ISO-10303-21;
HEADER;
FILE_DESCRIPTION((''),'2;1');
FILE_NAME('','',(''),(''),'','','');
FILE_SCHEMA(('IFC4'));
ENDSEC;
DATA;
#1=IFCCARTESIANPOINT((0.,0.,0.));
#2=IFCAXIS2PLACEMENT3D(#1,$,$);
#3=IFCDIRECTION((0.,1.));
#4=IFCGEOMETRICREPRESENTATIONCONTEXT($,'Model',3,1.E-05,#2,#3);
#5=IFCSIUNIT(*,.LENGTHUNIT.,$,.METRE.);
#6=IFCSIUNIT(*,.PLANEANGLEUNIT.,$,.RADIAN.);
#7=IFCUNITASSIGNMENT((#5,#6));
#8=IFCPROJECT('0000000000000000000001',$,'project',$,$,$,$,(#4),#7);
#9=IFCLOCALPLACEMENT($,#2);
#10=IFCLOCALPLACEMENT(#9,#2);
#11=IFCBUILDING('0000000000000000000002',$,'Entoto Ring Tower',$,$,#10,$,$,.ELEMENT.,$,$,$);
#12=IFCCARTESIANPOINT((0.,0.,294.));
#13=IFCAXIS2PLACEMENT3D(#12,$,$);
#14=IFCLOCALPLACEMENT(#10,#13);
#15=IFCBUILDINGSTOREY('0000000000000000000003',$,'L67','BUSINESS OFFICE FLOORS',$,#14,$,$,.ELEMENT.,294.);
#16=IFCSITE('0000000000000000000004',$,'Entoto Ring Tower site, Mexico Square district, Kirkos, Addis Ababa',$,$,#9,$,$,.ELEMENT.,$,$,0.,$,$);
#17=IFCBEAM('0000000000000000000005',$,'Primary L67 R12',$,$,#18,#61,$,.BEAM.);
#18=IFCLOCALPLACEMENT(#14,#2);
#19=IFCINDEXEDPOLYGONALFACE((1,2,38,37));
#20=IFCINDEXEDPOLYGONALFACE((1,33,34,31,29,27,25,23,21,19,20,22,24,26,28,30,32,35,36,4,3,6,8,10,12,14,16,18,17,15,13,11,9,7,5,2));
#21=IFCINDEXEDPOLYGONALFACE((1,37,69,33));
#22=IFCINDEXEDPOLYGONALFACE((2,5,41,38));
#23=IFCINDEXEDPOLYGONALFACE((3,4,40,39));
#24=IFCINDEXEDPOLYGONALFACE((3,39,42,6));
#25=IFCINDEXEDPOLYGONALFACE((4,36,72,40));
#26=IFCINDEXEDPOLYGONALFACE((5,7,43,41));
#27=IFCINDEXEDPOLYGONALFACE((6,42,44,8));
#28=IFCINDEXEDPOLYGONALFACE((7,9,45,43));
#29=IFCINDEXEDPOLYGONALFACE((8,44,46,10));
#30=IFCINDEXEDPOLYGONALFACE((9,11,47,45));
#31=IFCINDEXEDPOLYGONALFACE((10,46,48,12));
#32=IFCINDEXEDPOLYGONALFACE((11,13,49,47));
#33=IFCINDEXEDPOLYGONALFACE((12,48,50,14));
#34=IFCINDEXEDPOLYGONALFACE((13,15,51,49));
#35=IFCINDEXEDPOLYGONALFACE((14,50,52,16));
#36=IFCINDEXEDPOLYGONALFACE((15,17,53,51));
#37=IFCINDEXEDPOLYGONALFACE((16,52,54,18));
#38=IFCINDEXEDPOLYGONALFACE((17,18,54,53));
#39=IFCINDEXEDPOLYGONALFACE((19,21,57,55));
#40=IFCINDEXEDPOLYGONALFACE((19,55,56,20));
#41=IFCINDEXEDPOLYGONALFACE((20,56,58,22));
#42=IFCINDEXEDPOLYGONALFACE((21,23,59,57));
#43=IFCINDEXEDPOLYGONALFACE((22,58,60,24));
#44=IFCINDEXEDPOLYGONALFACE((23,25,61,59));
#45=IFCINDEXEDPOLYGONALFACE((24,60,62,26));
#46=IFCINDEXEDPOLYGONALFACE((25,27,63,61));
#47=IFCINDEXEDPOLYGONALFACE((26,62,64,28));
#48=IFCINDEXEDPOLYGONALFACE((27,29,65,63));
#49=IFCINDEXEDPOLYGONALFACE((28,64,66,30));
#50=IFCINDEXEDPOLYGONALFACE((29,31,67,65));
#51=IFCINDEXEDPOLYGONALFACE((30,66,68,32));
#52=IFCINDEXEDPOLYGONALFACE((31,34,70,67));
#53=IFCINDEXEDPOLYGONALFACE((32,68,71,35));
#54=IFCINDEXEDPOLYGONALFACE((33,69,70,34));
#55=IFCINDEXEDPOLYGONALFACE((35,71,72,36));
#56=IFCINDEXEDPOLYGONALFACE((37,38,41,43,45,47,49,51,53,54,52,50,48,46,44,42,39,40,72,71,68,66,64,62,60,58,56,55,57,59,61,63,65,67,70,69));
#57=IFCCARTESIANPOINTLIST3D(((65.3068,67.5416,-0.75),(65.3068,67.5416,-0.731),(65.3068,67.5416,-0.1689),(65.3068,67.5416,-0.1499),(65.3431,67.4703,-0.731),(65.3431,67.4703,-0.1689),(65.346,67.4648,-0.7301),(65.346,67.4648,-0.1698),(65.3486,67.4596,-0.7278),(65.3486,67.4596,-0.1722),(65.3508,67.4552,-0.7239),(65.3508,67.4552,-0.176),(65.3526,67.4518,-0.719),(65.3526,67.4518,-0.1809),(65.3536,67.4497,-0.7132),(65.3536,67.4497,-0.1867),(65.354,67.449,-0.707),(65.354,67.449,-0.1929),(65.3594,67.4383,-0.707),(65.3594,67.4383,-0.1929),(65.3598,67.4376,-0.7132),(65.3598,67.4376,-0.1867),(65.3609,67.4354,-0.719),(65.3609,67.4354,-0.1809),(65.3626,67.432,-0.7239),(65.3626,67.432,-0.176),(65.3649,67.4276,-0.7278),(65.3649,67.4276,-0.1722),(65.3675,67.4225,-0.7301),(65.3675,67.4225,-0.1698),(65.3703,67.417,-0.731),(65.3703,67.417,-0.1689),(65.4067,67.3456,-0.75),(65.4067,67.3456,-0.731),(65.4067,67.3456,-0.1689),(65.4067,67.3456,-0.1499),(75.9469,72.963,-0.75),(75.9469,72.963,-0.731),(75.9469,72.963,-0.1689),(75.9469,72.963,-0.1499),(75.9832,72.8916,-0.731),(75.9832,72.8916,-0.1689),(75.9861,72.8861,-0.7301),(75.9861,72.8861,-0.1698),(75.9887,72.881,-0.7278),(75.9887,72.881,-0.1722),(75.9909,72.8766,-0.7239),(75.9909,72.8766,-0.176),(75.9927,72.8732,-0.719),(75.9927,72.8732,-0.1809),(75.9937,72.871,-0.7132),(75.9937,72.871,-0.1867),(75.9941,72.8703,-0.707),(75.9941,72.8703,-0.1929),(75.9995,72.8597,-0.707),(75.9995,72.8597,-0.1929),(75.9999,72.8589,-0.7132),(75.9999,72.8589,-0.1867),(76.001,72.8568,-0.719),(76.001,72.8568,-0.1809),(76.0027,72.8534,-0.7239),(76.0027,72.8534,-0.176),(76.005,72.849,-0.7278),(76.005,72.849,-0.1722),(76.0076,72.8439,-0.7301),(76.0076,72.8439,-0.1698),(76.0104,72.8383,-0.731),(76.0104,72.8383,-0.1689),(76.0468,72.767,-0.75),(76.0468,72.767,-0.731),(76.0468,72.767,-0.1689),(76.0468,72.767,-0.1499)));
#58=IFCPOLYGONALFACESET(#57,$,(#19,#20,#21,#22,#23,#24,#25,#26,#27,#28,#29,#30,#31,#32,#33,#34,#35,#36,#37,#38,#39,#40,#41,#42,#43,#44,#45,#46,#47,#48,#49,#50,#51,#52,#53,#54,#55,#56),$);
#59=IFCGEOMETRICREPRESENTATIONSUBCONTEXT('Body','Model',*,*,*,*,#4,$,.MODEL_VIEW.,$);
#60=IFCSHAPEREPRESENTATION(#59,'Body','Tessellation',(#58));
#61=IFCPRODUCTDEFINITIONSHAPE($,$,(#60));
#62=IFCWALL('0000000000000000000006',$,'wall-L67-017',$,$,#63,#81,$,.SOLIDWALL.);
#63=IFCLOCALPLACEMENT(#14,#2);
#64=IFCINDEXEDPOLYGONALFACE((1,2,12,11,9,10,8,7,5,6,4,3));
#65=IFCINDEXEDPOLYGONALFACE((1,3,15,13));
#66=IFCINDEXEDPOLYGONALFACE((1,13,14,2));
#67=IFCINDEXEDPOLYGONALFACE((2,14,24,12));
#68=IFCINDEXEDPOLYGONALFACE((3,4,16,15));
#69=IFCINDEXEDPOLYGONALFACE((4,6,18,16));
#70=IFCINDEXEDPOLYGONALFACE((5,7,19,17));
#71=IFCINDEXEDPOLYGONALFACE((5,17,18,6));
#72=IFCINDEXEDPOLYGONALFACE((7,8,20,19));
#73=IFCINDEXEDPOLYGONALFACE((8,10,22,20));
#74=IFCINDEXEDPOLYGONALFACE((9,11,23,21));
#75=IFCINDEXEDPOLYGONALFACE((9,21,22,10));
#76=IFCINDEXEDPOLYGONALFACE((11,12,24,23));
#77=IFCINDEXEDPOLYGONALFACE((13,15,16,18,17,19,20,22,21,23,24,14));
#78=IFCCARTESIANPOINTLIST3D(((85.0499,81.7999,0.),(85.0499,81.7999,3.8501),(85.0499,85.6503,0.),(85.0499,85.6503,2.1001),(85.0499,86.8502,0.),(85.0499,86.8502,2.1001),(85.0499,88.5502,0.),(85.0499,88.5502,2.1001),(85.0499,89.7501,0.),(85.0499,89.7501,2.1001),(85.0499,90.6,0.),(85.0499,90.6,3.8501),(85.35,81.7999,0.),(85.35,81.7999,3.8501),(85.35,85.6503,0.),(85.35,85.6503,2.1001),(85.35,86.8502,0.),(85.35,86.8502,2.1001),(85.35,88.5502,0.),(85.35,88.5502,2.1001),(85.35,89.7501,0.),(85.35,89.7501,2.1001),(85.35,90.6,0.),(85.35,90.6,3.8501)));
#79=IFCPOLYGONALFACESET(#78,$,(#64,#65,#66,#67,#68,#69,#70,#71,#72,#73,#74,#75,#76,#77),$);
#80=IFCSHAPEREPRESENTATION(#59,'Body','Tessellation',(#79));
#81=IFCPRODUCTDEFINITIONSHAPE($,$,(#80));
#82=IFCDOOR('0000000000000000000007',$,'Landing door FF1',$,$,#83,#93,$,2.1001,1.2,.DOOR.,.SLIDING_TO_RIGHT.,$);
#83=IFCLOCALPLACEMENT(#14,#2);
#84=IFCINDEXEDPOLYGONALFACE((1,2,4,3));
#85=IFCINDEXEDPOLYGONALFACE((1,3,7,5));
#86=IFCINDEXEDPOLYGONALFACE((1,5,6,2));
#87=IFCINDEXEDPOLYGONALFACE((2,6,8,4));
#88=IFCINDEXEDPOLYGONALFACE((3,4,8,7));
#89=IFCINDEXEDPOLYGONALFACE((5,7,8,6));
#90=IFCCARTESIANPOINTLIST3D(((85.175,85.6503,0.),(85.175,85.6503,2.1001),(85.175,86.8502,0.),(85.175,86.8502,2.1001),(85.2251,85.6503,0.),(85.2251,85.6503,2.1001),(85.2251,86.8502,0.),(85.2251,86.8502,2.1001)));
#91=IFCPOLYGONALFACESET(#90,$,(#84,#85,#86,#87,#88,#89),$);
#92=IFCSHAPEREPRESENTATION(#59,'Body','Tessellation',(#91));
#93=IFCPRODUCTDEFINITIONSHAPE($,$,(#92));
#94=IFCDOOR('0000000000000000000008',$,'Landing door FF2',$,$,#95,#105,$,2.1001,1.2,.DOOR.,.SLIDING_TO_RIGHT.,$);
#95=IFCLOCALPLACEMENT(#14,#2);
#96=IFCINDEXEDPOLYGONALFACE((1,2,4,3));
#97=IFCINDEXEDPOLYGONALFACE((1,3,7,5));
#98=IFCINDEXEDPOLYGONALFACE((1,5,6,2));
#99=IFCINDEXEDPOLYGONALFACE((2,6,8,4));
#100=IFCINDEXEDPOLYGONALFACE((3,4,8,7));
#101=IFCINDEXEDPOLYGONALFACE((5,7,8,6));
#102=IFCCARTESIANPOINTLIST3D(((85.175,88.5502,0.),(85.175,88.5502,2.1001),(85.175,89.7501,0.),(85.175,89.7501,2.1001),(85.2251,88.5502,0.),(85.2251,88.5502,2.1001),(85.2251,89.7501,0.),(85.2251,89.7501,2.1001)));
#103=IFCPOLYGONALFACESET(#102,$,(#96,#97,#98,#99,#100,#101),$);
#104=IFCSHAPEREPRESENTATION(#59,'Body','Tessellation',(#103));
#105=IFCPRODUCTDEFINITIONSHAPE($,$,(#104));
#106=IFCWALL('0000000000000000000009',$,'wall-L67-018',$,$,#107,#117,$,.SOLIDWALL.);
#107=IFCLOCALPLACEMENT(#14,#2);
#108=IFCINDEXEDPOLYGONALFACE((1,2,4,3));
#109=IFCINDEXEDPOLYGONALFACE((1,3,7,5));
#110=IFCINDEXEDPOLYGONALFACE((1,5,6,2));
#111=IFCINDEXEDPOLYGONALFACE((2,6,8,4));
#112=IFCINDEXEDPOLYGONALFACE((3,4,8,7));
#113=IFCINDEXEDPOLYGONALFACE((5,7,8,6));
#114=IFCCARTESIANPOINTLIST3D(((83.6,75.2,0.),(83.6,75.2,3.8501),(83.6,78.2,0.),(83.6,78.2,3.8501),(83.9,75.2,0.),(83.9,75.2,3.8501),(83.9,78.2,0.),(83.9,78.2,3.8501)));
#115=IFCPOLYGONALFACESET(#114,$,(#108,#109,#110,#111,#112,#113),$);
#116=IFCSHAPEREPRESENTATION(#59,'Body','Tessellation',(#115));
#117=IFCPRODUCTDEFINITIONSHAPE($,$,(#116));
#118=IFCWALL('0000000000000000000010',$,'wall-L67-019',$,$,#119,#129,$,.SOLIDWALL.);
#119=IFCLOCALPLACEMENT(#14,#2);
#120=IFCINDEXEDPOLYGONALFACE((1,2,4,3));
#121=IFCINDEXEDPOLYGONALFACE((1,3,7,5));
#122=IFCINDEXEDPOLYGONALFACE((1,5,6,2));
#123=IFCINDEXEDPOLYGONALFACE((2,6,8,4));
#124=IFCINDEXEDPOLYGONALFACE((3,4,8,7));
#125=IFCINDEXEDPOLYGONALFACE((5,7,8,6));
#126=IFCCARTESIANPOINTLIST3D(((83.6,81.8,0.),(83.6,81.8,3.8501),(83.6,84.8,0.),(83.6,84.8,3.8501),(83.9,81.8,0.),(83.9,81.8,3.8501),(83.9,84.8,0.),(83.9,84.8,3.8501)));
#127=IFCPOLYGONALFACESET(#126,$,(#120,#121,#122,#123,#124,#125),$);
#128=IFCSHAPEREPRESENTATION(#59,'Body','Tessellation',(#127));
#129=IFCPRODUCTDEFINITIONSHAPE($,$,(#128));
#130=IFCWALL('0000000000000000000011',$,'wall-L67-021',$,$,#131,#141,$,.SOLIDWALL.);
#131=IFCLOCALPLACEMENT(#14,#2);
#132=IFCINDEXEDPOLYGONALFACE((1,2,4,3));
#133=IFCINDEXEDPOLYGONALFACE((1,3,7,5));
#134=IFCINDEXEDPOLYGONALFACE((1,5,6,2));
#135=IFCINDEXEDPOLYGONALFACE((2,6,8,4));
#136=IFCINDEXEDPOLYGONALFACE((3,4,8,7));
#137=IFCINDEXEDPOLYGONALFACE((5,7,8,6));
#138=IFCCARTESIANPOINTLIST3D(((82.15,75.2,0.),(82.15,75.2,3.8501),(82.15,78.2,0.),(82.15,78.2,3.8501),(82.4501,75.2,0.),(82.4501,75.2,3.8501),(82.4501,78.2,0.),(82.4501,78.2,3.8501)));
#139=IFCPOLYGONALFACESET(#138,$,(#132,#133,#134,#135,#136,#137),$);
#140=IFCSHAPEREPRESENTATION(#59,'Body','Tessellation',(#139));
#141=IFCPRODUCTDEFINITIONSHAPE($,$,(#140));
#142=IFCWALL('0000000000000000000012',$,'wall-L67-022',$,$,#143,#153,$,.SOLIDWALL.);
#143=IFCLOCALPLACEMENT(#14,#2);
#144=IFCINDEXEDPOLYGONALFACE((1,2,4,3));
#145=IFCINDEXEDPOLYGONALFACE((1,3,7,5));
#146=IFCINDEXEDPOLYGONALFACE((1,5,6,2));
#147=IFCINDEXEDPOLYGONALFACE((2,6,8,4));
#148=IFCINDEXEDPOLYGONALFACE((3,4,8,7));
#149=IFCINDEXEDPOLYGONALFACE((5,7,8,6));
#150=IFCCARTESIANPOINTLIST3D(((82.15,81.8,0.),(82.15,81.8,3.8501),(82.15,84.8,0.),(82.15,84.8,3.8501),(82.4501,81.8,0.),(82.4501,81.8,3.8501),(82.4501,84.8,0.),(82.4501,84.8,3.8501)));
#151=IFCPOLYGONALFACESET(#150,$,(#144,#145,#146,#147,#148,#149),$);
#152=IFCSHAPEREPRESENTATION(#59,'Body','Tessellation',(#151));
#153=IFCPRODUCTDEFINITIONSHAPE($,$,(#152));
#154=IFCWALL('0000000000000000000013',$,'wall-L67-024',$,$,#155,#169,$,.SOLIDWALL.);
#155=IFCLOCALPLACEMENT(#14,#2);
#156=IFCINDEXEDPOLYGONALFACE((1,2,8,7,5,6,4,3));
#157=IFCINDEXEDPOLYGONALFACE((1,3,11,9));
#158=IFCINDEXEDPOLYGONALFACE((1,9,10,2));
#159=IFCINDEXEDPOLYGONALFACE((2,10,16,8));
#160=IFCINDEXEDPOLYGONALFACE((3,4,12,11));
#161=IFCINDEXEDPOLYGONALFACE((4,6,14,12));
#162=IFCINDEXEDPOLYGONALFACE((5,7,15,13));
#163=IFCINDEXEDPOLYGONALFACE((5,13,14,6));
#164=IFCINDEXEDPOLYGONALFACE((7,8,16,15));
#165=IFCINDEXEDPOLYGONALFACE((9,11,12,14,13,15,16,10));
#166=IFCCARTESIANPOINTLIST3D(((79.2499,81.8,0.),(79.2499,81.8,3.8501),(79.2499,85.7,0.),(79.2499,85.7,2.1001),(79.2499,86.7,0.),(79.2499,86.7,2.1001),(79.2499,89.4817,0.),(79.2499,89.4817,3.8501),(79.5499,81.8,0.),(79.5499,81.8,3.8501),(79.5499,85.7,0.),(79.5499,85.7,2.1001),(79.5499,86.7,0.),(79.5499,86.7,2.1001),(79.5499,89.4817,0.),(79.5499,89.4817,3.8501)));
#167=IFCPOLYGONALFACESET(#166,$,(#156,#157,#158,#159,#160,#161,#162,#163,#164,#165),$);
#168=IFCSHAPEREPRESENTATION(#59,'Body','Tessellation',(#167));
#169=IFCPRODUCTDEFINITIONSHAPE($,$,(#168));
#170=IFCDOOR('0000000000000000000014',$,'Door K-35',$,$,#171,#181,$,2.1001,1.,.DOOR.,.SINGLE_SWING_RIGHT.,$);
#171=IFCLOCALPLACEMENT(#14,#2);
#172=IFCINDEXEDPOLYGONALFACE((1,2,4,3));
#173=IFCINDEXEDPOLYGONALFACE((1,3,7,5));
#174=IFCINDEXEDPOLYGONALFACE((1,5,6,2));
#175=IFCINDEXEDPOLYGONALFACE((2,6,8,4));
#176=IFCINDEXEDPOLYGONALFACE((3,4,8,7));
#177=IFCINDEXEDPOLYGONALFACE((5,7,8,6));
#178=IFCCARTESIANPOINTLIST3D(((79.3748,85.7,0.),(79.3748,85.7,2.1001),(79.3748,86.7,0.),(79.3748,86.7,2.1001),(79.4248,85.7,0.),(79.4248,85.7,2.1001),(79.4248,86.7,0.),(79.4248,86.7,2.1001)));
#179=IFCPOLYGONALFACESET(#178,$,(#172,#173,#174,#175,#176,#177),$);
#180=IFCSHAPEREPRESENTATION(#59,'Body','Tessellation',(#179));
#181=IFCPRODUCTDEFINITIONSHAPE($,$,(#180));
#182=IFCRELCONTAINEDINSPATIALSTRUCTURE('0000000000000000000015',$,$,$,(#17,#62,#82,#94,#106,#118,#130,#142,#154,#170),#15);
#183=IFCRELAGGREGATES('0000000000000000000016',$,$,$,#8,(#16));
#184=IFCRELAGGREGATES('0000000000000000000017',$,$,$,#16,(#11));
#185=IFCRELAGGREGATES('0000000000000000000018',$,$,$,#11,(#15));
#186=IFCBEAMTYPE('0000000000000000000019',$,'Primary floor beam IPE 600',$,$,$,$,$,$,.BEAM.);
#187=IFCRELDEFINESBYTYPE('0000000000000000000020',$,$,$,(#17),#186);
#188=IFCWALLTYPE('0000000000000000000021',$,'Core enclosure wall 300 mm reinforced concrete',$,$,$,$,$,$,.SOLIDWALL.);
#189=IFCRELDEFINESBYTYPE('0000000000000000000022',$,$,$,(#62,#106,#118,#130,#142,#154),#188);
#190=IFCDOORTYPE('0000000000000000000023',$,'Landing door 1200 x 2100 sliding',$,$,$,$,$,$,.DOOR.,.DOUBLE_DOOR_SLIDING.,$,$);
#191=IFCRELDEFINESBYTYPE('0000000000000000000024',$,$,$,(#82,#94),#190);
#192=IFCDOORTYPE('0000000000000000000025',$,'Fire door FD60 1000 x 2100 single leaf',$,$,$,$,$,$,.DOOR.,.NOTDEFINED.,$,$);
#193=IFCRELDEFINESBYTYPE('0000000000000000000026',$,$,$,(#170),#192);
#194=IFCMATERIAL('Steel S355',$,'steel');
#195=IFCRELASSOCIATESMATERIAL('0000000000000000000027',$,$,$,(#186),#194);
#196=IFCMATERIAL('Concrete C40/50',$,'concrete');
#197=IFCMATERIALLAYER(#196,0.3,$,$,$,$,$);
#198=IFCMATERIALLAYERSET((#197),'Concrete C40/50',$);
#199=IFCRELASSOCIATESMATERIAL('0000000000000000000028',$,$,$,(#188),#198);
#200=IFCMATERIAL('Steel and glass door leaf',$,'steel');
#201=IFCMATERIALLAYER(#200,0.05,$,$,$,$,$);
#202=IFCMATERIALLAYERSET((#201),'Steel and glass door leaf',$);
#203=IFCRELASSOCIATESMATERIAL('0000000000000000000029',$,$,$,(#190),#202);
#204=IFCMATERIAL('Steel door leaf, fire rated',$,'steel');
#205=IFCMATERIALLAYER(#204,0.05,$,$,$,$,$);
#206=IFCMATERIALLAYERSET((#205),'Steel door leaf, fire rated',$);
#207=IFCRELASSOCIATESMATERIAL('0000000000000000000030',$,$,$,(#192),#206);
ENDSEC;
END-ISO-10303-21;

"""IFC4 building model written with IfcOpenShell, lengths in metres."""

from ifc_helpers import new_model, si_unit, direction, frame, frame_2d, origin, origin_2d, place, context, subcontext, project, spatial, rectangle, i_section, extrude, material, layer, layer_set, material_profile, profile_set, type_object, element, fill, save


model = new_model("IFC4")

# Units and contexts
model_context = context("Model", 3, precision=1e-05, world=origin(), true_north=direction((0.0, 1.0)))
body_context = subcontext(model_context, "Body", "Model", "MODEL_VIEW")
ifc_project = project(units=[si_unit("LENGTHUNIT", "METRE"), si_unit("PLANEANGLEUNIT", "RADIAN")], contexts=[model_context])

# Site, building, storey
site_placement = place(None, origin())
site = spatial("IfcSite", under=ifc_project, at=site_placement, Name="Entoto Ring Tower site, Mexico Square district, Kirkos, Addis Ababa", CompositionType="ELEMENT", RefElevation=0.0)
building_placement = place(site_placement, origin())
building = spatial("IfcBuilding", under=site, at=building_placement, Name="Entoto Ring Tower", CompositionType="ELEMENT")
storey_placement = place(building_placement, frame((0.0, 0.0, 294.0)))
storey = spatial("IfcBuildingStorey", under=building, at=storey_placement, Name="L67", Description="BUSINESS OFFICE FLOORS", CompositionType="ELEMENT", Elevation=294.0)

# Beam
ifc_material_1 = material(Name="Steel S355", Category="steel")
ifc_material_profile = material_profile(ifc_material_1, i_section(OverallWidth=0.22, OverallDepth=0.6001, WebThickness=0.012, FlangeThickness=0.019, FilletRadius=0.0239, at=origin_2d()), Name="IPE 600")
ifc_profile_set = profile_set([ifc_material_profile], Name="Steel S355")
beam_type = type_object("IfcBeamType", Name="Primary floor beam IPE 600", PredefinedType="BEAM", material=ifc_profile_set)
beam_placement = place(storey_placement, frame((75.9968, 72.865, -0.45), z_axis=(-0.891008, -0.453988, 0.0), x_axis=(0.453988, -0.891008, 0.0)))
element("IfcBeam", 1, at=beam_placement, inside=storey, type_object=beam_type, Name="Primary L67 R12", PredefinedType="BEAM", context=body_context, shape_type="SweptSolid", body=[
    extrude(i_section(OverallWidth=0.22, OverallDepth=0.6001, WebThickness=0.012, FlangeThickness=0.019, FilletRadius=0.0239, at=origin_2d()), origin(), (0.0, 0.0, 1.0), 11.9417),
])

# Wall, openings, doors
ifc_material_2 = material(Name="Concrete C40/50", Category="concrete")
ifc_layer_1 = layer(ifc_material_2, 0.3)
ifc_layer_set_1 = layer_set([ifc_layer_1], Name="Concrete C40/50")
wall_type = type_object("IfcWallType", Name="Core enclosure wall 300 mm reinforced concrete", PredefinedType="SOLIDWALL", material=ifc_layer_set_1)
wall_1_placement = place(storey_placement, frame((85.2, 81.8, 0.0), z_axis=(0.0, 0.0, 1.0), x_axis=(0.0, 1.0, 0.0)))
wall_1 = element("IfcWall", 2, at=wall_1_placement, inside=storey, type_object=wall_type, Name="wall-L67-017", PredefinedType="SOLIDWALL", context=body_context, shape_type="SweptSolid", body=[
    extrude(rectangle(XDim=8.8, YDim=0.3, at=frame_2d((4.3999, 0.0))), origin(), (0.0, 0.0, 1.0), 3.8501),
])
opening_1_placement = place(wall_1_placement, frame((3.8501, 0.0, 0.0)))
opening_1 = element("IfcOpeningElement", 3, at=opening_1_placement, cuts=wall_1, PredefinedType="OPENING", context=body_context, shape_type="SweptSolid", body=[
    extrude(rectangle(XDim=1.2, YDim=2.1001, at=frame_2d((0.6001, 1.05))), frame((0.0, 0.1602, 0.0), z_axis=(0.0, -1.0, 0.0), x_axis=(1.0, 0.0, 0.0)), (0.0, 0.0, 1.0), 0.3201),
])
opening_2_placement = place(wall_1_placement, frame((6.75, 0.0, 0.0)))
opening_2 = element("IfcOpeningElement", 4, at=opening_2_placement, cuts=wall_1, PredefinedType="OPENING", context=body_context, shape_type="SweptSolid", body=[
    extrude(rectangle(XDim=1.2, YDim=2.1001, at=frame_2d((0.6001, 1.05))), frame((0.0, 0.1602, 0.0), z_axis=(0.0, -1.0, 0.0), x_axis=(1.0, 0.0, 0.0)), (0.0, 0.0, 1.0), 0.3201),
])
ifc_material_3 = material(Name="Steel and glass door leaf", Category="steel")
ifc_layer_2 = layer(ifc_material_3, 0.05)
ifc_layer_set_2 = layer_set([ifc_layer_2], Name="Steel and glass door leaf")
door_type_1 = type_object("IfcDoorType", Name="Landing door 1200 x 2100 sliding", OperationType="DOUBLE_DOOR_SLIDING", PredefinedType="DOOR", material=ifc_layer_set_2)
door_1_placement = place(opening_1_placement, origin())
door_1 = element("IfcDoor", 5, at=door_1_placement, inside=storey, type_object=door_type_1, Name="Landing door FF1", OperationType="SLIDING_TO_RIGHT", OverallHeight=2.1001, OverallWidth=1.2, PredefinedType="DOOR", context=body_context, shape_type="SweptSolid", body=[
    extrude(rectangle(XDim=1.2, YDim=2.1001, at=frame_2d((0.6001, 1.05))), frame((0.0, 0.0249, 0.0), z_axis=(0.0, -1.0, 0.0), x_axis=(1.0, 0.0, 0.0)), (0.0, 0.0, 1.0), 0.05),
])
fill(opening_1, door_1)
door_2_placement = place(opening_2_placement, origin())
door_2 = element("IfcDoor", 6, at=door_2_placement, inside=storey, type_object=door_type_1, Name="Landing door FF2", OperationType="SLIDING_TO_RIGHT", OverallHeight=2.1001, OverallWidth=1.2, PredefinedType="DOOR", context=body_context, shape_type="SweptSolid", body=[
    extrude(rectangle(XDim=1.2, YDim=2.1001, at=frame_2d((0.6001, 1.05))), frame((0.0, 0.0249, 0.0), z_axis=(0.0, -1.0, 0.0), x_axis=(1.0, 0.0, 0.0)), (0.0, 0.0, 1.0), 0.05),
])
fill(opening_2, door_2)

# Walls
for number, where, z_axis, x_axis, name in (
    (7, (83.75, 75.2, 0.0), (0.0, 0.0, 1.0), (0.0, 1.0, 0.0), "wall-L67-018"),
    (8, (83.75, 81.8, 0.0), (0.0, 0.0, 1.0), (0.0, 1.0, 0.0), "wall-L67-019"),
    (9, (82.3, 75.2, 0.0), (0.0, 0.0, 1.0), (0.0, 1.0, 0.0), "wall-L67-021"),
    (10, (82.3, 81.8, 0.0), (0.0, 0.0, 1.0), (0.0, 1.0, 0.0), "wall-L67-022"),
):
    element("IfcWall", number, at=place(storey_placement, frame(where, z_axis=z_axis, x_axis=x_axis)), inside=storey, type_object=wall_type, Name=name, PredefinedType="SOLIDWALL", context=body_context, shape_type="SweptSolid", body=[
        extrude(rectangle(XDim=3.0, YDim=0.3, at=frame_2d((1.5, 0.0))), origin(), (0.0, 0.0, 1.0), 3.8501),
    ])

# Wall, opening, door
wall_2_placement = place(storey_placement, frame((79.3999, 81.8, 0.0), z_axis=(0.0, 0.0, 1.0), x_axis=(0.0, 1.0, 0.0)))
wall_2 = element("IfcWall", 11, at=wall_2_placement, inside=storey, type_object=wall_type, Name="wall-L67-024", PredefinedType="SOLIDWALL", context=body_context, shape_type="SweptSolid", body=[
    extrude(rectangle(XDim=7.6816, YDim=0.3, at=frame_2d((3.8408, 0.0))), origin(), (0.0, 0.0, 1.0), 3.8501),
])
opening_3_placement = place(wall_2_placement, frame((3.8999, 0.0, 0.0)))
opening_3 = element("IfcOpeningElement", 12, at=opening_3_placement, cuts=wall_2, PredefinedType="OPENING", context=body_context, shape_type="SweptSolid", body=[
    extrude(rectangle(XDim=1.0, YDim=2.1001, at=frame_2d((0.5, 1.05))), frame((0.0, 0.1602, 0.0), z_axis=(0.0, -1.0, 0.0), x_axis=(1.0, 0.0, 0.0)), (0.0, 0.0, 1.0), 0.3201),
])
ifc_material_4 = material(Name="Steel door leaf, fire rated", Category="steel")
ifc_layer_3 = layer(ifc_material_4, 0.05)
ifc_layer_set_3 = layer_set([ifc_layer_3], Name="Steel door leaf, fire rated")
door_type_2 = type_object("IfcDoorType", Name="Fire door FD60 1000 x 2100 single leaf", OperationType="NOTDEFINED", PredefinedType="DOOR", material=ifc_layer_set_3)
door_3_placement = place(opening_3_placement, frame((1.0, 0.0, 0.0), z_axis=(0.0, 0.0, 1.0), x_axis=(-1.0, 0.0, 0.0)))
door_3 = element("IfcDoor", 13, at=door_3_placement, inside=storey, type_object=door_type_2, Name="Door K-35", OperationType="SINGLE_SWING_RIGHT", OverallHeight=2.1001, OverallWidth=1.0, PredefinedType="DOOR", context=body_context, shape_type="SweptSolid", body=[
    extrude(rectangle(XDim=1.0, YDim=2.1001, at=frame_2d((0.5, 1.05))), frame((0.0, 0.0249, 0.0), z_axis=(0.0, -1.0, 0.0), x_axis=(1.0, 0.0, 0.0)), (0.0, 0.0, 1.0), 0.05),
])
fill(opening_3, door_3)

save(model, "model.ifc")
